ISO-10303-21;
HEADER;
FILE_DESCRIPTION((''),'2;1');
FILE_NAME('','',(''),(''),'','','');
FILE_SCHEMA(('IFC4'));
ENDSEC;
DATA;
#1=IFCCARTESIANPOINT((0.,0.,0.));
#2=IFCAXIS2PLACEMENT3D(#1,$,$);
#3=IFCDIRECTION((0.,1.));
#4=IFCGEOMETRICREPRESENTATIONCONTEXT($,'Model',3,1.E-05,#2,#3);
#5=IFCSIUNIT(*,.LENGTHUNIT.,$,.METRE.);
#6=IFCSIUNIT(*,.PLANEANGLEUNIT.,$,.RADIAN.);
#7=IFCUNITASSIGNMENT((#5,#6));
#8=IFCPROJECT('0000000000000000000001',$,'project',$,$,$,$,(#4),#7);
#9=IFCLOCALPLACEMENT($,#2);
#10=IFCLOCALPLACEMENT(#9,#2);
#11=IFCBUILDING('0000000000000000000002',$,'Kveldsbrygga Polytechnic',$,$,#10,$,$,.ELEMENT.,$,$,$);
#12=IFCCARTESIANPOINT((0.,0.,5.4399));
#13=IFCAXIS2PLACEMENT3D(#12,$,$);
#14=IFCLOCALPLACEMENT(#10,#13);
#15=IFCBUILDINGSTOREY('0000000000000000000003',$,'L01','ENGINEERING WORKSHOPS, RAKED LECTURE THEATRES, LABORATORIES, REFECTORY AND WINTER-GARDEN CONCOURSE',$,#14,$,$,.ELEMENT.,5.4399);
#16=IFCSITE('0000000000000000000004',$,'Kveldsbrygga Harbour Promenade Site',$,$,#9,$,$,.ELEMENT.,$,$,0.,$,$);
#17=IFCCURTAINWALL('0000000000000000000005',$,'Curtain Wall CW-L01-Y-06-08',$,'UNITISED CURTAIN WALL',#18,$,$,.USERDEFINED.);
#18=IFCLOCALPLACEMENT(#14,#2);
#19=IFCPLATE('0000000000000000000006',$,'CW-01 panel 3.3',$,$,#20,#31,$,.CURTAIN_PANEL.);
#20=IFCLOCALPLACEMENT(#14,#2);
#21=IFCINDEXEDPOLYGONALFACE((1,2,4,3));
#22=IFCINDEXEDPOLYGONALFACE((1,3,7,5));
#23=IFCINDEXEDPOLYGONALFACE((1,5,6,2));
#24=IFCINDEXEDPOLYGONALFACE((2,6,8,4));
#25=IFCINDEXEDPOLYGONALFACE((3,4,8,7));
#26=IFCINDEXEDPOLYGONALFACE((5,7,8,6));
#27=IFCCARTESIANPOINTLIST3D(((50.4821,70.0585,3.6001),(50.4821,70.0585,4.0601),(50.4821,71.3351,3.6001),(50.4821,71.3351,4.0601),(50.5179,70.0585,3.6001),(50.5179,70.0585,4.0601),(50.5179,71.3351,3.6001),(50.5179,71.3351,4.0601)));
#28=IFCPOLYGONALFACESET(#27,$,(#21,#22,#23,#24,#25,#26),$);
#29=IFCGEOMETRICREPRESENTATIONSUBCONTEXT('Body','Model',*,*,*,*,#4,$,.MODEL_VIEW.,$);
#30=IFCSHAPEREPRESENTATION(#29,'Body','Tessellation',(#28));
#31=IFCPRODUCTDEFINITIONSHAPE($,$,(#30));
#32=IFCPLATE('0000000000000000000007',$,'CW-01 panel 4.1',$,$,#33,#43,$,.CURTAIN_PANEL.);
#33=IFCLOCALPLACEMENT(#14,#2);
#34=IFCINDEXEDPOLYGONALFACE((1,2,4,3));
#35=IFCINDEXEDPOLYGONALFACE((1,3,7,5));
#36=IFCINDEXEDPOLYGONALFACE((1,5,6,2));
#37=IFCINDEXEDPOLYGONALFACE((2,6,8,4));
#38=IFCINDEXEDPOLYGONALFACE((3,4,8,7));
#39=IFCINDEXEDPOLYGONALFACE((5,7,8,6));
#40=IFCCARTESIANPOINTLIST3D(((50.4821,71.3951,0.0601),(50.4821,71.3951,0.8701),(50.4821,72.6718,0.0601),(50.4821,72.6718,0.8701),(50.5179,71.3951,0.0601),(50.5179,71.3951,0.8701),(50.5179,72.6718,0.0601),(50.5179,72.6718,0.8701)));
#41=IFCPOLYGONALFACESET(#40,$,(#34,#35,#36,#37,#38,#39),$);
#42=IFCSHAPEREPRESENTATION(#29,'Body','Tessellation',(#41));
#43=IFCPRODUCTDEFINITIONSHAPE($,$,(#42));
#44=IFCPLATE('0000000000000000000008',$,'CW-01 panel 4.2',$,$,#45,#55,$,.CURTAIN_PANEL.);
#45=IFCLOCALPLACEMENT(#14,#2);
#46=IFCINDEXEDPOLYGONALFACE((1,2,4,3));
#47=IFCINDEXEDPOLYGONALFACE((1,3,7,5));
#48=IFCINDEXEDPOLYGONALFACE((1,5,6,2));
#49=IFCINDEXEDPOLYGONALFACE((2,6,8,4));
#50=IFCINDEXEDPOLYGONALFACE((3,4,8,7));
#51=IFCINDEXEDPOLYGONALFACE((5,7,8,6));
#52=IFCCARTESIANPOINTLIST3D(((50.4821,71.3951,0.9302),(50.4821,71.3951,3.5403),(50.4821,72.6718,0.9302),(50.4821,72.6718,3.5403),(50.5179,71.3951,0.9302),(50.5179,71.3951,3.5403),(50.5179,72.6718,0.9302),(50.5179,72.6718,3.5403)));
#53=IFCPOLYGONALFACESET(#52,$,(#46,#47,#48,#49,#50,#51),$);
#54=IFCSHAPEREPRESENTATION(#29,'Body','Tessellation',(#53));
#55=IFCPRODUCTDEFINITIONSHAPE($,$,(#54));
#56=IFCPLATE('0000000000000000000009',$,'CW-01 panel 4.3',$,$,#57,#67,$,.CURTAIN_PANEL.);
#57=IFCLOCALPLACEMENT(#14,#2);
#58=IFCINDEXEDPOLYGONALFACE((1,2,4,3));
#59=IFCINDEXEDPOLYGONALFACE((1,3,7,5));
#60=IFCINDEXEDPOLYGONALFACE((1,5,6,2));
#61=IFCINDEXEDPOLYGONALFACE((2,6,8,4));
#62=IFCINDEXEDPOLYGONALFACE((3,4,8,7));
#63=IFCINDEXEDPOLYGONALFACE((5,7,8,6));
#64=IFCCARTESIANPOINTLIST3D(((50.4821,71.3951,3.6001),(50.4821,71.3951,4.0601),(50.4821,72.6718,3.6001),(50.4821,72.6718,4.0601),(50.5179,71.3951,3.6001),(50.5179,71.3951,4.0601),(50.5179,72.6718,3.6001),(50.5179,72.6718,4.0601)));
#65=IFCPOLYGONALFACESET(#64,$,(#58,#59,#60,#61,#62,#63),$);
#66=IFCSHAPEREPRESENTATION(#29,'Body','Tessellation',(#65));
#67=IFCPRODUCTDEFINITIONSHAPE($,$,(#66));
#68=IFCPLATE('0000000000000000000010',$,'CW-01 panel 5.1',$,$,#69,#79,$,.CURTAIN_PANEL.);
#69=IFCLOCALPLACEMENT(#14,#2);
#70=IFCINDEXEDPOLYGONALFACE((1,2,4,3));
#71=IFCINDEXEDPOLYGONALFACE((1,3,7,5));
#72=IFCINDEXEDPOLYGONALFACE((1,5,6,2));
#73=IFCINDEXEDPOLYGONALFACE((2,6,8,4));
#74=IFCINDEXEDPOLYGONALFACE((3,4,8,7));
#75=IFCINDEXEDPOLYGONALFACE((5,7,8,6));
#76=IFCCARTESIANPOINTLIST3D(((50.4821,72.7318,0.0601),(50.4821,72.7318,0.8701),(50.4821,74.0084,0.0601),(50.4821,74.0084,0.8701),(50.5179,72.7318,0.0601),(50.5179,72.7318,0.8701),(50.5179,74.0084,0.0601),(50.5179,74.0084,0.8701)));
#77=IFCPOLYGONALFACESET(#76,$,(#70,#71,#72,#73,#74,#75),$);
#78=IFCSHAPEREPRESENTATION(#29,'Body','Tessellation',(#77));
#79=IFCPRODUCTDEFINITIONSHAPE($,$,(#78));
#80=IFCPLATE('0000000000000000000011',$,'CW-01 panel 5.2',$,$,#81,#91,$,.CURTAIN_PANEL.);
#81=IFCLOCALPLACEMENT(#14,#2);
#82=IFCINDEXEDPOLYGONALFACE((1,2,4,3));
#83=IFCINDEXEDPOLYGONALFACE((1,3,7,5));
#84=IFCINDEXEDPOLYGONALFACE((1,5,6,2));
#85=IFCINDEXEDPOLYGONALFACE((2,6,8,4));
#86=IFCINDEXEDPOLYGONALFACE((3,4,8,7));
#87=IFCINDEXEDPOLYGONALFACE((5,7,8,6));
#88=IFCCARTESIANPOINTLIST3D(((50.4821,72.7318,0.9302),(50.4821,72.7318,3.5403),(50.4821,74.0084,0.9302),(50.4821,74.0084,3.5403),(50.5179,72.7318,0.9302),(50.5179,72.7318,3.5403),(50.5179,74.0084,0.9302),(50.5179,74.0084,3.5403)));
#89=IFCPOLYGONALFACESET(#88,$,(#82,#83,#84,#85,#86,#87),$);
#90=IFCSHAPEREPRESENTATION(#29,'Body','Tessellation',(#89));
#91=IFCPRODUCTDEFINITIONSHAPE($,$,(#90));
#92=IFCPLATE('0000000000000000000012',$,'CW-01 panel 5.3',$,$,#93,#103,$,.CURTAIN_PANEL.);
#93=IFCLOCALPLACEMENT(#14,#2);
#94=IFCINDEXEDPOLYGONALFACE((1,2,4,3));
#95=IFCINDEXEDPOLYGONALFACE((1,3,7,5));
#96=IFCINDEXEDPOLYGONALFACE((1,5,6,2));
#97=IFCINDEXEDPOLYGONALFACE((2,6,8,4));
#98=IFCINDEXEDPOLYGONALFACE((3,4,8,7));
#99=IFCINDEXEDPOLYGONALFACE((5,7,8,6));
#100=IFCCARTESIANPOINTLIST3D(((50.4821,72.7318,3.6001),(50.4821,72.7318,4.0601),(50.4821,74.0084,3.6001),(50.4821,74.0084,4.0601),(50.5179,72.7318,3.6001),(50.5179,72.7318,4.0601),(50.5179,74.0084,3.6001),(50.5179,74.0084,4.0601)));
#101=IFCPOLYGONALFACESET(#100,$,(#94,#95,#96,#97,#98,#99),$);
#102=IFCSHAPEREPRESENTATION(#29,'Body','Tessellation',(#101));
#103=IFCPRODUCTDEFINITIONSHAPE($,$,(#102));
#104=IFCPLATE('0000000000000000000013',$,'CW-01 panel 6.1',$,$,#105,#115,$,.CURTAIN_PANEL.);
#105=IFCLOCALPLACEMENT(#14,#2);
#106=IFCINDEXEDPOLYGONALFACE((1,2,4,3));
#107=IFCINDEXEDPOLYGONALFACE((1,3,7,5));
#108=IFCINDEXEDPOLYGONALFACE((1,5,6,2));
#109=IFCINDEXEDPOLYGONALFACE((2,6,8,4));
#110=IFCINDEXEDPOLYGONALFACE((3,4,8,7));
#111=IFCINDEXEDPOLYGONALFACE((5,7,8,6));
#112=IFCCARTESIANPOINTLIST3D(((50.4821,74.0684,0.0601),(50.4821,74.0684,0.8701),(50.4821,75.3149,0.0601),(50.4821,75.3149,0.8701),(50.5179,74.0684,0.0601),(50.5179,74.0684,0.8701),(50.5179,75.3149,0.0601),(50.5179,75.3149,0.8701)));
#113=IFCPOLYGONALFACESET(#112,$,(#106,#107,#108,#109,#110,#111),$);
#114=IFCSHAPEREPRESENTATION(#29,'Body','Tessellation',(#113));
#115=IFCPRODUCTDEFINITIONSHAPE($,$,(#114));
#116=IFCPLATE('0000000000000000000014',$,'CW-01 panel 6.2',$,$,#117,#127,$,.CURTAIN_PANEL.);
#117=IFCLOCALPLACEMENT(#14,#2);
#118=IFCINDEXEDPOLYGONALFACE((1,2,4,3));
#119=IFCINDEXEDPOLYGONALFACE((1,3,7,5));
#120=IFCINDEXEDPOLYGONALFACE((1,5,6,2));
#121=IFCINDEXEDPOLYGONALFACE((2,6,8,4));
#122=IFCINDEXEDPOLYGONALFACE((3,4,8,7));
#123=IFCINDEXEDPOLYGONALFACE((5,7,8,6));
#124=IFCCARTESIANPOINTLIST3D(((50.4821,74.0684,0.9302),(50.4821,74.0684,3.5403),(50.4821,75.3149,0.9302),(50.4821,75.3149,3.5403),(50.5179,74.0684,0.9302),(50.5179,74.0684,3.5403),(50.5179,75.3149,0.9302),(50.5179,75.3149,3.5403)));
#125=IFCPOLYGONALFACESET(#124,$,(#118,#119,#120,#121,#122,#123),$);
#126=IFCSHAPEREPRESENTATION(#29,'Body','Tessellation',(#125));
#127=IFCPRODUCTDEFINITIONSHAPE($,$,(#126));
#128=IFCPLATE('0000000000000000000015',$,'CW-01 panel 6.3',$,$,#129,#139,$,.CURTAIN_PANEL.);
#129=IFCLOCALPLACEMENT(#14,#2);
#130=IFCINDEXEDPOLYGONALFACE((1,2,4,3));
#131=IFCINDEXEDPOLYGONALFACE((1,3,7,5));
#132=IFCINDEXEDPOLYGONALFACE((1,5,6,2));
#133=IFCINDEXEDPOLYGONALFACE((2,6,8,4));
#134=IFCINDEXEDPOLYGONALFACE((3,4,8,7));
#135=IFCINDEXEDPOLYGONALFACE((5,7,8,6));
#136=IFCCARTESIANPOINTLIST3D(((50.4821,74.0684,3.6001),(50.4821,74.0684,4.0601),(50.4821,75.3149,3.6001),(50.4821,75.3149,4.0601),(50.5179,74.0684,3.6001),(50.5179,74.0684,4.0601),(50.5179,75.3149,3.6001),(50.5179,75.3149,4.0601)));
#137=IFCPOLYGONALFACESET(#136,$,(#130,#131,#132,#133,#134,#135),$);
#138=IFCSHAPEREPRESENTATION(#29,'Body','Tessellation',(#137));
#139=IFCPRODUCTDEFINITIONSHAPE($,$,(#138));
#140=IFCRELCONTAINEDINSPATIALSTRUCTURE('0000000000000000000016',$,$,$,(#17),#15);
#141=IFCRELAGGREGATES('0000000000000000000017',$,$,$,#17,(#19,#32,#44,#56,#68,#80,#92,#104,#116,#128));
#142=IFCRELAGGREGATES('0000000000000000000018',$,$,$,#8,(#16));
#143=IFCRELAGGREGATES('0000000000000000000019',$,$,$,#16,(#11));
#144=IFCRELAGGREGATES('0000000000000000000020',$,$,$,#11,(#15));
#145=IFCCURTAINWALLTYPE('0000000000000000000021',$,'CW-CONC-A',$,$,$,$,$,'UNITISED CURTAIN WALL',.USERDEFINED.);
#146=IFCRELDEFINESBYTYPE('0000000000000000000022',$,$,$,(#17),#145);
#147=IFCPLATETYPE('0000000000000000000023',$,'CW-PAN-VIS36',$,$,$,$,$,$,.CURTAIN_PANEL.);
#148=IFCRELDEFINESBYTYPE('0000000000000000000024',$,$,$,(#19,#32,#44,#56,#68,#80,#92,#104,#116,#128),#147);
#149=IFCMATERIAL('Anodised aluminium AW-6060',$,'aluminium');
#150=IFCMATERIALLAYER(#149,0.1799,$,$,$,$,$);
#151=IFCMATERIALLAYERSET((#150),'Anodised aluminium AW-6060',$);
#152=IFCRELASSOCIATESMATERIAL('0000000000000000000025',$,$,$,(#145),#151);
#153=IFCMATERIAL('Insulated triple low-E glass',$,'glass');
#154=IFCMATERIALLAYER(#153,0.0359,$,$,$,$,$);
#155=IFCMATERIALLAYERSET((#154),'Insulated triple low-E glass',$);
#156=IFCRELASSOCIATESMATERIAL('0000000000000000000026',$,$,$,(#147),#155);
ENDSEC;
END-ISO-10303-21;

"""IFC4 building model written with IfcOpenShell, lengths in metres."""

from ifc_helpers import new_model, si_unit, direction, frame, origin, origin_2d, place, context, subcontext, project, spatial, rectangle, extrude, material, layer, layer_set, type_object, element, aggregate, save


model = new_model("IFC4")

# Units and contexts
model_context = context("Model", 3, precision=1e-05, world=origin(), true_north=direction((0.0, 1.0)))
body_context = subcontext(model_context, "Body", "Model", "MODEL_VIEW")
ifc_project = project(units=[si_unit("LENGTHUNIT", "METRE"), si_unit("PLANEANGLEUNIT", "RADIAN")], contexts=[model_context])

# Site, building, storey
site_placement = place(None, origin())
site = spatial("IfcSite", under=ifc_project, at=site_placement, Name="Kveldsbrygga Harbour Promenade Site", CompositionType="ELEMENT", RefElevation=0.0)
building_placement = place(site_placement, origin())
building = spatial("IfcBuilding", under=site, at=building_placement, Name="Kveldsbrygga Polytechnic", CompositionType="ELEMENT")
storey_placement = place(building_placement, frame((0.0, 0.0, 5.4399)))
storey = spatial("IfcBuildingStorey", under=building, at=storey_placement, Name="L01", Description="ENGINEERING WORKSHOPS, RAKED LECTURE THEATRES, LABORATORIES, REFECTORY AND WINTER-GARDEN CONCOURSE", CompositionType="ELEMENT", Elevation=5.4399)

# Curtain wall, plates
ifc_material_1 = material(Name="Anodised aluminium AW-6060", Category="aluminium")
ifc_layer_1 = layer(ifc_material_1, 0.1799)
ifc_layer_set_1 = layer_set([ifc_layer_1], Name="Anodised aluminium AW-6060")
curtain_wall_type = type_object("IfcCurtainWallType", Name="CW-CONC-A", ElementType="UNITISED CURTAIN WALL", PredefinedType="USERDEFINED", material=ifc_layer_set_1)
curtain_wall_placement = place(storey_placement, origin())
curtain_wall = element("IfcCurtainWall", 1, at=curtain_wall_placement, inside=storey, type_object=curtain_wall_type, Name="Curtain Wall CW-L01-Y-06-08", ObjectType="UNITISED CURTAIN WALL", PredefinedType="USERDEFINED")
ifc_material_2 = material(Name="Insulated triple low-E glass", Category="glass")
ifc_layer_2 = layer(ifc_material_2, 0.0359)
ifc_layer_set_2 = layer_set([ifc_layer_2], Name="Insulated triple low-E glass")
plate_type = type_object("IfcPlateType", Name="CW-PAN-VIS36", PredefinedType="CURTAIN_PANEL", material=ifc_layer_set_2)
plate_1_placement = place(storey_placement, frame((50.5, 70.6968, 3.6001), z_axis=(0.0, 0.0, 1.0), x_axis=(0.0, 1.0, 0.0)))
plate_1 = element("IfcPlate", 2, at=plate_1_placement, type_object=plate_type, Name="CW-01 panel 3.3", PredefinedType="CURTAIN_PANEL", context=body_context, shape_type="SweptSolid", body=[
    extrude(rectangle(XDim=1.2766, YDim=0.0359, at=origin_2d()), origin(), (0.0, 0.0, 1.0), 0.46),
])
plate_2_placement = place(storey_placement, frame((50.5, 72.0334, 0.0601), z_axis=(0.0, 0.0, 1.0), x_axis=(0.0, 1.0, 0.0)))
plate_2 = element("IfcPlate", 3, at=plate_2_placement, type_object=plate_type, Name="CW-01 panel 4.1", PredefinedType="CURTAIN_PANEL", context=body_context, shape_type="SweptSolid", body=[
    extrude(rectangle(XDim=1.2766, YDim=0.0359, at=origin_2d()), origin(), (0.0, 0.0, 1.0), 0.8101),
])
plate_3_placement = place(storey_placement, frame((50.5, 72.0334, 0.9302), z_axis=(0.0, 0.0, 1.0), x_axis=(0.0, 1.0, 0.0)))
plate_3 = element("IfcPlate", 4, at=plate_3_placement, type_object=plate_type, Name="CW-01 panel 4.2", PredefinedType="CURTAIN_PANEL", context=body_context, shape_type="SweptSolid", body=[
    extrude(rectangle(XDim=1.2766, YDim=0.0359, at=origin_2d()), origin(), (0.0, 0.0, 1.0), 2.6101),
])
plate_4_placement = place(storey_placement, frame((50.5, 72.0334, 3.6001), z_axis=(0.0, 0.0, 1.0), x_axis=(0.0, 1.0, 0.0)))
plate_4 = element("IfcPlate", 5, at=plate_4_placement, type_object=plate_type, Name="CW-01 panel 4.3", PredefinedType="CURTAIN_PANEL", context=body_context, shape_type="SweptSolid", body=[
    extrude(rectangle(XDim=1.2766, YDim=0.0359, at=origin_2d()), origin(), (0.0, 0.0, 1.0), 0.46),
])
plate_5_placement = place(storey_placement, frame((50.5, 73.3701, 0.0601), z_axis=(0.0, 0.0, 1.0), x_axis=(0.0, 1.0, 0.0)))
plate_5 = element("IfcPlate", 6, at=plate_5_placement, type_object=plate_type, Name="CW-01 panel 5.1", PredefinedType="CURTAIN_PANEL", context=body_context, shape_type="SweptSolid", body=[
    extrude(rectangle(XDim=1.2766, YDim=0.0359, at=origin_2d()), origin(), (0.0, 0.0, 1.0), 0.8101),
])
plate_6_placement = place(storey_placement, frame((50.5, 73.3701, 0.9302), z_axis=(0.0, 0.0, 1.0), x_axis=(0.0, 1.0, 0.0)))
plate_6 = element("IfcPlate", 7, at=plate_6_placement, type_object=plate_type, Name="CW-01 panel 5.2", PredefinedType="CURTAIN_PANEL", context=body_context, shape_type="SweptSolid", body=[
    extrude(rectangle(XDim=1.2766, YDim=0.0359, at=origin_2d()), origin(), (0.0, 0.0, 1.0), 2.6101),
])
plate_7_placement = place(storey_placement, frame((50.5, 73.3701, 3.6001), z_axis=(0.0, 0.0, 1.0), x_axis=(0.0, 1.0, 0.0)))
plate_7 = element("IfcPlate", 8, at=plate_7_placement, type_object=plate_type, Name="CW-01 panel 5.3", PredefinedType="CURTAIN_PANEL", context=body_context, shape_type="SweptSolid", body=[
    extrude(rectangle(XDim=1.2766, YDim=0.0359, at=origin_2d()), origin(), (0.0, 0.0, 1.0), 0.46),
])
plate_8_placement = place(storey_placement, frame((50.5, 74.6917, 0.0601), z_axis=(0.0, 0.0, 1.0), x_axis=(0.0, 1.0, 0.0)))
plate_8 = element("IfcPlate", 9, at=plate_8_placement, type_object=plate_type, Name="CW-01 panel 6.1", PredefinedType="CURTAIN_PANEL", context=body_context, shape_type="SweptSolid", body=[
    extrude(rectangle(XDim=1.2466, YDim=0.0359, at=origin_2d()), origin(), (0.0, 0.0, 1.0), 0.8101),
])
plate_9_placement = place(storey_placement, frame((50.5, 74.6917, 0.9302), z_axis=(0.0, 0.0, 1.0), x_axis=(0.0, 1.0, 0.0)))
plate_9 = element("IfcPlate", 10, at=plate_9_placement, type_object=plate_type, Name="CW-01 panel 6.2", PredefinedType="CURTAIN_PANEL", context=body_context, shape_type="SweptSolid", body=[
    extrude(rectangle(XDim=1.2466, YDim=0.0359, at=origin_2d()), origin(), (0.0, 0.0, 1.0), 2.6101),
])
plate_10_placement = place(storey_placement, frame((50.5, 74.6917, 3.6001), z_axis=(0.0, 0.0, 1.0), x_axis=(0.0, 1.0, 0.0)))
plate_10 = element("IfcPlate", 11, at=plate_10_placement, type_object=plate_type, Name="CW-01 panel 6.3", PredefinedType="CURTAIN_PANEL", context=body_context, shape_type="SweptSolid", body=[
    extrude(rectangle(XDim=1.2466, YDim=0.0359, at=origin_2d()), origin(), (0.0, 0.0, 1.0), 0.46),
])
aggregate(curtain_wall, [plate_1, plate_2, plate_3, plate_4, plate_5, plate_6, plate_7, plate_8, plate_9, plate_10])

save(model, "model.ifc")
